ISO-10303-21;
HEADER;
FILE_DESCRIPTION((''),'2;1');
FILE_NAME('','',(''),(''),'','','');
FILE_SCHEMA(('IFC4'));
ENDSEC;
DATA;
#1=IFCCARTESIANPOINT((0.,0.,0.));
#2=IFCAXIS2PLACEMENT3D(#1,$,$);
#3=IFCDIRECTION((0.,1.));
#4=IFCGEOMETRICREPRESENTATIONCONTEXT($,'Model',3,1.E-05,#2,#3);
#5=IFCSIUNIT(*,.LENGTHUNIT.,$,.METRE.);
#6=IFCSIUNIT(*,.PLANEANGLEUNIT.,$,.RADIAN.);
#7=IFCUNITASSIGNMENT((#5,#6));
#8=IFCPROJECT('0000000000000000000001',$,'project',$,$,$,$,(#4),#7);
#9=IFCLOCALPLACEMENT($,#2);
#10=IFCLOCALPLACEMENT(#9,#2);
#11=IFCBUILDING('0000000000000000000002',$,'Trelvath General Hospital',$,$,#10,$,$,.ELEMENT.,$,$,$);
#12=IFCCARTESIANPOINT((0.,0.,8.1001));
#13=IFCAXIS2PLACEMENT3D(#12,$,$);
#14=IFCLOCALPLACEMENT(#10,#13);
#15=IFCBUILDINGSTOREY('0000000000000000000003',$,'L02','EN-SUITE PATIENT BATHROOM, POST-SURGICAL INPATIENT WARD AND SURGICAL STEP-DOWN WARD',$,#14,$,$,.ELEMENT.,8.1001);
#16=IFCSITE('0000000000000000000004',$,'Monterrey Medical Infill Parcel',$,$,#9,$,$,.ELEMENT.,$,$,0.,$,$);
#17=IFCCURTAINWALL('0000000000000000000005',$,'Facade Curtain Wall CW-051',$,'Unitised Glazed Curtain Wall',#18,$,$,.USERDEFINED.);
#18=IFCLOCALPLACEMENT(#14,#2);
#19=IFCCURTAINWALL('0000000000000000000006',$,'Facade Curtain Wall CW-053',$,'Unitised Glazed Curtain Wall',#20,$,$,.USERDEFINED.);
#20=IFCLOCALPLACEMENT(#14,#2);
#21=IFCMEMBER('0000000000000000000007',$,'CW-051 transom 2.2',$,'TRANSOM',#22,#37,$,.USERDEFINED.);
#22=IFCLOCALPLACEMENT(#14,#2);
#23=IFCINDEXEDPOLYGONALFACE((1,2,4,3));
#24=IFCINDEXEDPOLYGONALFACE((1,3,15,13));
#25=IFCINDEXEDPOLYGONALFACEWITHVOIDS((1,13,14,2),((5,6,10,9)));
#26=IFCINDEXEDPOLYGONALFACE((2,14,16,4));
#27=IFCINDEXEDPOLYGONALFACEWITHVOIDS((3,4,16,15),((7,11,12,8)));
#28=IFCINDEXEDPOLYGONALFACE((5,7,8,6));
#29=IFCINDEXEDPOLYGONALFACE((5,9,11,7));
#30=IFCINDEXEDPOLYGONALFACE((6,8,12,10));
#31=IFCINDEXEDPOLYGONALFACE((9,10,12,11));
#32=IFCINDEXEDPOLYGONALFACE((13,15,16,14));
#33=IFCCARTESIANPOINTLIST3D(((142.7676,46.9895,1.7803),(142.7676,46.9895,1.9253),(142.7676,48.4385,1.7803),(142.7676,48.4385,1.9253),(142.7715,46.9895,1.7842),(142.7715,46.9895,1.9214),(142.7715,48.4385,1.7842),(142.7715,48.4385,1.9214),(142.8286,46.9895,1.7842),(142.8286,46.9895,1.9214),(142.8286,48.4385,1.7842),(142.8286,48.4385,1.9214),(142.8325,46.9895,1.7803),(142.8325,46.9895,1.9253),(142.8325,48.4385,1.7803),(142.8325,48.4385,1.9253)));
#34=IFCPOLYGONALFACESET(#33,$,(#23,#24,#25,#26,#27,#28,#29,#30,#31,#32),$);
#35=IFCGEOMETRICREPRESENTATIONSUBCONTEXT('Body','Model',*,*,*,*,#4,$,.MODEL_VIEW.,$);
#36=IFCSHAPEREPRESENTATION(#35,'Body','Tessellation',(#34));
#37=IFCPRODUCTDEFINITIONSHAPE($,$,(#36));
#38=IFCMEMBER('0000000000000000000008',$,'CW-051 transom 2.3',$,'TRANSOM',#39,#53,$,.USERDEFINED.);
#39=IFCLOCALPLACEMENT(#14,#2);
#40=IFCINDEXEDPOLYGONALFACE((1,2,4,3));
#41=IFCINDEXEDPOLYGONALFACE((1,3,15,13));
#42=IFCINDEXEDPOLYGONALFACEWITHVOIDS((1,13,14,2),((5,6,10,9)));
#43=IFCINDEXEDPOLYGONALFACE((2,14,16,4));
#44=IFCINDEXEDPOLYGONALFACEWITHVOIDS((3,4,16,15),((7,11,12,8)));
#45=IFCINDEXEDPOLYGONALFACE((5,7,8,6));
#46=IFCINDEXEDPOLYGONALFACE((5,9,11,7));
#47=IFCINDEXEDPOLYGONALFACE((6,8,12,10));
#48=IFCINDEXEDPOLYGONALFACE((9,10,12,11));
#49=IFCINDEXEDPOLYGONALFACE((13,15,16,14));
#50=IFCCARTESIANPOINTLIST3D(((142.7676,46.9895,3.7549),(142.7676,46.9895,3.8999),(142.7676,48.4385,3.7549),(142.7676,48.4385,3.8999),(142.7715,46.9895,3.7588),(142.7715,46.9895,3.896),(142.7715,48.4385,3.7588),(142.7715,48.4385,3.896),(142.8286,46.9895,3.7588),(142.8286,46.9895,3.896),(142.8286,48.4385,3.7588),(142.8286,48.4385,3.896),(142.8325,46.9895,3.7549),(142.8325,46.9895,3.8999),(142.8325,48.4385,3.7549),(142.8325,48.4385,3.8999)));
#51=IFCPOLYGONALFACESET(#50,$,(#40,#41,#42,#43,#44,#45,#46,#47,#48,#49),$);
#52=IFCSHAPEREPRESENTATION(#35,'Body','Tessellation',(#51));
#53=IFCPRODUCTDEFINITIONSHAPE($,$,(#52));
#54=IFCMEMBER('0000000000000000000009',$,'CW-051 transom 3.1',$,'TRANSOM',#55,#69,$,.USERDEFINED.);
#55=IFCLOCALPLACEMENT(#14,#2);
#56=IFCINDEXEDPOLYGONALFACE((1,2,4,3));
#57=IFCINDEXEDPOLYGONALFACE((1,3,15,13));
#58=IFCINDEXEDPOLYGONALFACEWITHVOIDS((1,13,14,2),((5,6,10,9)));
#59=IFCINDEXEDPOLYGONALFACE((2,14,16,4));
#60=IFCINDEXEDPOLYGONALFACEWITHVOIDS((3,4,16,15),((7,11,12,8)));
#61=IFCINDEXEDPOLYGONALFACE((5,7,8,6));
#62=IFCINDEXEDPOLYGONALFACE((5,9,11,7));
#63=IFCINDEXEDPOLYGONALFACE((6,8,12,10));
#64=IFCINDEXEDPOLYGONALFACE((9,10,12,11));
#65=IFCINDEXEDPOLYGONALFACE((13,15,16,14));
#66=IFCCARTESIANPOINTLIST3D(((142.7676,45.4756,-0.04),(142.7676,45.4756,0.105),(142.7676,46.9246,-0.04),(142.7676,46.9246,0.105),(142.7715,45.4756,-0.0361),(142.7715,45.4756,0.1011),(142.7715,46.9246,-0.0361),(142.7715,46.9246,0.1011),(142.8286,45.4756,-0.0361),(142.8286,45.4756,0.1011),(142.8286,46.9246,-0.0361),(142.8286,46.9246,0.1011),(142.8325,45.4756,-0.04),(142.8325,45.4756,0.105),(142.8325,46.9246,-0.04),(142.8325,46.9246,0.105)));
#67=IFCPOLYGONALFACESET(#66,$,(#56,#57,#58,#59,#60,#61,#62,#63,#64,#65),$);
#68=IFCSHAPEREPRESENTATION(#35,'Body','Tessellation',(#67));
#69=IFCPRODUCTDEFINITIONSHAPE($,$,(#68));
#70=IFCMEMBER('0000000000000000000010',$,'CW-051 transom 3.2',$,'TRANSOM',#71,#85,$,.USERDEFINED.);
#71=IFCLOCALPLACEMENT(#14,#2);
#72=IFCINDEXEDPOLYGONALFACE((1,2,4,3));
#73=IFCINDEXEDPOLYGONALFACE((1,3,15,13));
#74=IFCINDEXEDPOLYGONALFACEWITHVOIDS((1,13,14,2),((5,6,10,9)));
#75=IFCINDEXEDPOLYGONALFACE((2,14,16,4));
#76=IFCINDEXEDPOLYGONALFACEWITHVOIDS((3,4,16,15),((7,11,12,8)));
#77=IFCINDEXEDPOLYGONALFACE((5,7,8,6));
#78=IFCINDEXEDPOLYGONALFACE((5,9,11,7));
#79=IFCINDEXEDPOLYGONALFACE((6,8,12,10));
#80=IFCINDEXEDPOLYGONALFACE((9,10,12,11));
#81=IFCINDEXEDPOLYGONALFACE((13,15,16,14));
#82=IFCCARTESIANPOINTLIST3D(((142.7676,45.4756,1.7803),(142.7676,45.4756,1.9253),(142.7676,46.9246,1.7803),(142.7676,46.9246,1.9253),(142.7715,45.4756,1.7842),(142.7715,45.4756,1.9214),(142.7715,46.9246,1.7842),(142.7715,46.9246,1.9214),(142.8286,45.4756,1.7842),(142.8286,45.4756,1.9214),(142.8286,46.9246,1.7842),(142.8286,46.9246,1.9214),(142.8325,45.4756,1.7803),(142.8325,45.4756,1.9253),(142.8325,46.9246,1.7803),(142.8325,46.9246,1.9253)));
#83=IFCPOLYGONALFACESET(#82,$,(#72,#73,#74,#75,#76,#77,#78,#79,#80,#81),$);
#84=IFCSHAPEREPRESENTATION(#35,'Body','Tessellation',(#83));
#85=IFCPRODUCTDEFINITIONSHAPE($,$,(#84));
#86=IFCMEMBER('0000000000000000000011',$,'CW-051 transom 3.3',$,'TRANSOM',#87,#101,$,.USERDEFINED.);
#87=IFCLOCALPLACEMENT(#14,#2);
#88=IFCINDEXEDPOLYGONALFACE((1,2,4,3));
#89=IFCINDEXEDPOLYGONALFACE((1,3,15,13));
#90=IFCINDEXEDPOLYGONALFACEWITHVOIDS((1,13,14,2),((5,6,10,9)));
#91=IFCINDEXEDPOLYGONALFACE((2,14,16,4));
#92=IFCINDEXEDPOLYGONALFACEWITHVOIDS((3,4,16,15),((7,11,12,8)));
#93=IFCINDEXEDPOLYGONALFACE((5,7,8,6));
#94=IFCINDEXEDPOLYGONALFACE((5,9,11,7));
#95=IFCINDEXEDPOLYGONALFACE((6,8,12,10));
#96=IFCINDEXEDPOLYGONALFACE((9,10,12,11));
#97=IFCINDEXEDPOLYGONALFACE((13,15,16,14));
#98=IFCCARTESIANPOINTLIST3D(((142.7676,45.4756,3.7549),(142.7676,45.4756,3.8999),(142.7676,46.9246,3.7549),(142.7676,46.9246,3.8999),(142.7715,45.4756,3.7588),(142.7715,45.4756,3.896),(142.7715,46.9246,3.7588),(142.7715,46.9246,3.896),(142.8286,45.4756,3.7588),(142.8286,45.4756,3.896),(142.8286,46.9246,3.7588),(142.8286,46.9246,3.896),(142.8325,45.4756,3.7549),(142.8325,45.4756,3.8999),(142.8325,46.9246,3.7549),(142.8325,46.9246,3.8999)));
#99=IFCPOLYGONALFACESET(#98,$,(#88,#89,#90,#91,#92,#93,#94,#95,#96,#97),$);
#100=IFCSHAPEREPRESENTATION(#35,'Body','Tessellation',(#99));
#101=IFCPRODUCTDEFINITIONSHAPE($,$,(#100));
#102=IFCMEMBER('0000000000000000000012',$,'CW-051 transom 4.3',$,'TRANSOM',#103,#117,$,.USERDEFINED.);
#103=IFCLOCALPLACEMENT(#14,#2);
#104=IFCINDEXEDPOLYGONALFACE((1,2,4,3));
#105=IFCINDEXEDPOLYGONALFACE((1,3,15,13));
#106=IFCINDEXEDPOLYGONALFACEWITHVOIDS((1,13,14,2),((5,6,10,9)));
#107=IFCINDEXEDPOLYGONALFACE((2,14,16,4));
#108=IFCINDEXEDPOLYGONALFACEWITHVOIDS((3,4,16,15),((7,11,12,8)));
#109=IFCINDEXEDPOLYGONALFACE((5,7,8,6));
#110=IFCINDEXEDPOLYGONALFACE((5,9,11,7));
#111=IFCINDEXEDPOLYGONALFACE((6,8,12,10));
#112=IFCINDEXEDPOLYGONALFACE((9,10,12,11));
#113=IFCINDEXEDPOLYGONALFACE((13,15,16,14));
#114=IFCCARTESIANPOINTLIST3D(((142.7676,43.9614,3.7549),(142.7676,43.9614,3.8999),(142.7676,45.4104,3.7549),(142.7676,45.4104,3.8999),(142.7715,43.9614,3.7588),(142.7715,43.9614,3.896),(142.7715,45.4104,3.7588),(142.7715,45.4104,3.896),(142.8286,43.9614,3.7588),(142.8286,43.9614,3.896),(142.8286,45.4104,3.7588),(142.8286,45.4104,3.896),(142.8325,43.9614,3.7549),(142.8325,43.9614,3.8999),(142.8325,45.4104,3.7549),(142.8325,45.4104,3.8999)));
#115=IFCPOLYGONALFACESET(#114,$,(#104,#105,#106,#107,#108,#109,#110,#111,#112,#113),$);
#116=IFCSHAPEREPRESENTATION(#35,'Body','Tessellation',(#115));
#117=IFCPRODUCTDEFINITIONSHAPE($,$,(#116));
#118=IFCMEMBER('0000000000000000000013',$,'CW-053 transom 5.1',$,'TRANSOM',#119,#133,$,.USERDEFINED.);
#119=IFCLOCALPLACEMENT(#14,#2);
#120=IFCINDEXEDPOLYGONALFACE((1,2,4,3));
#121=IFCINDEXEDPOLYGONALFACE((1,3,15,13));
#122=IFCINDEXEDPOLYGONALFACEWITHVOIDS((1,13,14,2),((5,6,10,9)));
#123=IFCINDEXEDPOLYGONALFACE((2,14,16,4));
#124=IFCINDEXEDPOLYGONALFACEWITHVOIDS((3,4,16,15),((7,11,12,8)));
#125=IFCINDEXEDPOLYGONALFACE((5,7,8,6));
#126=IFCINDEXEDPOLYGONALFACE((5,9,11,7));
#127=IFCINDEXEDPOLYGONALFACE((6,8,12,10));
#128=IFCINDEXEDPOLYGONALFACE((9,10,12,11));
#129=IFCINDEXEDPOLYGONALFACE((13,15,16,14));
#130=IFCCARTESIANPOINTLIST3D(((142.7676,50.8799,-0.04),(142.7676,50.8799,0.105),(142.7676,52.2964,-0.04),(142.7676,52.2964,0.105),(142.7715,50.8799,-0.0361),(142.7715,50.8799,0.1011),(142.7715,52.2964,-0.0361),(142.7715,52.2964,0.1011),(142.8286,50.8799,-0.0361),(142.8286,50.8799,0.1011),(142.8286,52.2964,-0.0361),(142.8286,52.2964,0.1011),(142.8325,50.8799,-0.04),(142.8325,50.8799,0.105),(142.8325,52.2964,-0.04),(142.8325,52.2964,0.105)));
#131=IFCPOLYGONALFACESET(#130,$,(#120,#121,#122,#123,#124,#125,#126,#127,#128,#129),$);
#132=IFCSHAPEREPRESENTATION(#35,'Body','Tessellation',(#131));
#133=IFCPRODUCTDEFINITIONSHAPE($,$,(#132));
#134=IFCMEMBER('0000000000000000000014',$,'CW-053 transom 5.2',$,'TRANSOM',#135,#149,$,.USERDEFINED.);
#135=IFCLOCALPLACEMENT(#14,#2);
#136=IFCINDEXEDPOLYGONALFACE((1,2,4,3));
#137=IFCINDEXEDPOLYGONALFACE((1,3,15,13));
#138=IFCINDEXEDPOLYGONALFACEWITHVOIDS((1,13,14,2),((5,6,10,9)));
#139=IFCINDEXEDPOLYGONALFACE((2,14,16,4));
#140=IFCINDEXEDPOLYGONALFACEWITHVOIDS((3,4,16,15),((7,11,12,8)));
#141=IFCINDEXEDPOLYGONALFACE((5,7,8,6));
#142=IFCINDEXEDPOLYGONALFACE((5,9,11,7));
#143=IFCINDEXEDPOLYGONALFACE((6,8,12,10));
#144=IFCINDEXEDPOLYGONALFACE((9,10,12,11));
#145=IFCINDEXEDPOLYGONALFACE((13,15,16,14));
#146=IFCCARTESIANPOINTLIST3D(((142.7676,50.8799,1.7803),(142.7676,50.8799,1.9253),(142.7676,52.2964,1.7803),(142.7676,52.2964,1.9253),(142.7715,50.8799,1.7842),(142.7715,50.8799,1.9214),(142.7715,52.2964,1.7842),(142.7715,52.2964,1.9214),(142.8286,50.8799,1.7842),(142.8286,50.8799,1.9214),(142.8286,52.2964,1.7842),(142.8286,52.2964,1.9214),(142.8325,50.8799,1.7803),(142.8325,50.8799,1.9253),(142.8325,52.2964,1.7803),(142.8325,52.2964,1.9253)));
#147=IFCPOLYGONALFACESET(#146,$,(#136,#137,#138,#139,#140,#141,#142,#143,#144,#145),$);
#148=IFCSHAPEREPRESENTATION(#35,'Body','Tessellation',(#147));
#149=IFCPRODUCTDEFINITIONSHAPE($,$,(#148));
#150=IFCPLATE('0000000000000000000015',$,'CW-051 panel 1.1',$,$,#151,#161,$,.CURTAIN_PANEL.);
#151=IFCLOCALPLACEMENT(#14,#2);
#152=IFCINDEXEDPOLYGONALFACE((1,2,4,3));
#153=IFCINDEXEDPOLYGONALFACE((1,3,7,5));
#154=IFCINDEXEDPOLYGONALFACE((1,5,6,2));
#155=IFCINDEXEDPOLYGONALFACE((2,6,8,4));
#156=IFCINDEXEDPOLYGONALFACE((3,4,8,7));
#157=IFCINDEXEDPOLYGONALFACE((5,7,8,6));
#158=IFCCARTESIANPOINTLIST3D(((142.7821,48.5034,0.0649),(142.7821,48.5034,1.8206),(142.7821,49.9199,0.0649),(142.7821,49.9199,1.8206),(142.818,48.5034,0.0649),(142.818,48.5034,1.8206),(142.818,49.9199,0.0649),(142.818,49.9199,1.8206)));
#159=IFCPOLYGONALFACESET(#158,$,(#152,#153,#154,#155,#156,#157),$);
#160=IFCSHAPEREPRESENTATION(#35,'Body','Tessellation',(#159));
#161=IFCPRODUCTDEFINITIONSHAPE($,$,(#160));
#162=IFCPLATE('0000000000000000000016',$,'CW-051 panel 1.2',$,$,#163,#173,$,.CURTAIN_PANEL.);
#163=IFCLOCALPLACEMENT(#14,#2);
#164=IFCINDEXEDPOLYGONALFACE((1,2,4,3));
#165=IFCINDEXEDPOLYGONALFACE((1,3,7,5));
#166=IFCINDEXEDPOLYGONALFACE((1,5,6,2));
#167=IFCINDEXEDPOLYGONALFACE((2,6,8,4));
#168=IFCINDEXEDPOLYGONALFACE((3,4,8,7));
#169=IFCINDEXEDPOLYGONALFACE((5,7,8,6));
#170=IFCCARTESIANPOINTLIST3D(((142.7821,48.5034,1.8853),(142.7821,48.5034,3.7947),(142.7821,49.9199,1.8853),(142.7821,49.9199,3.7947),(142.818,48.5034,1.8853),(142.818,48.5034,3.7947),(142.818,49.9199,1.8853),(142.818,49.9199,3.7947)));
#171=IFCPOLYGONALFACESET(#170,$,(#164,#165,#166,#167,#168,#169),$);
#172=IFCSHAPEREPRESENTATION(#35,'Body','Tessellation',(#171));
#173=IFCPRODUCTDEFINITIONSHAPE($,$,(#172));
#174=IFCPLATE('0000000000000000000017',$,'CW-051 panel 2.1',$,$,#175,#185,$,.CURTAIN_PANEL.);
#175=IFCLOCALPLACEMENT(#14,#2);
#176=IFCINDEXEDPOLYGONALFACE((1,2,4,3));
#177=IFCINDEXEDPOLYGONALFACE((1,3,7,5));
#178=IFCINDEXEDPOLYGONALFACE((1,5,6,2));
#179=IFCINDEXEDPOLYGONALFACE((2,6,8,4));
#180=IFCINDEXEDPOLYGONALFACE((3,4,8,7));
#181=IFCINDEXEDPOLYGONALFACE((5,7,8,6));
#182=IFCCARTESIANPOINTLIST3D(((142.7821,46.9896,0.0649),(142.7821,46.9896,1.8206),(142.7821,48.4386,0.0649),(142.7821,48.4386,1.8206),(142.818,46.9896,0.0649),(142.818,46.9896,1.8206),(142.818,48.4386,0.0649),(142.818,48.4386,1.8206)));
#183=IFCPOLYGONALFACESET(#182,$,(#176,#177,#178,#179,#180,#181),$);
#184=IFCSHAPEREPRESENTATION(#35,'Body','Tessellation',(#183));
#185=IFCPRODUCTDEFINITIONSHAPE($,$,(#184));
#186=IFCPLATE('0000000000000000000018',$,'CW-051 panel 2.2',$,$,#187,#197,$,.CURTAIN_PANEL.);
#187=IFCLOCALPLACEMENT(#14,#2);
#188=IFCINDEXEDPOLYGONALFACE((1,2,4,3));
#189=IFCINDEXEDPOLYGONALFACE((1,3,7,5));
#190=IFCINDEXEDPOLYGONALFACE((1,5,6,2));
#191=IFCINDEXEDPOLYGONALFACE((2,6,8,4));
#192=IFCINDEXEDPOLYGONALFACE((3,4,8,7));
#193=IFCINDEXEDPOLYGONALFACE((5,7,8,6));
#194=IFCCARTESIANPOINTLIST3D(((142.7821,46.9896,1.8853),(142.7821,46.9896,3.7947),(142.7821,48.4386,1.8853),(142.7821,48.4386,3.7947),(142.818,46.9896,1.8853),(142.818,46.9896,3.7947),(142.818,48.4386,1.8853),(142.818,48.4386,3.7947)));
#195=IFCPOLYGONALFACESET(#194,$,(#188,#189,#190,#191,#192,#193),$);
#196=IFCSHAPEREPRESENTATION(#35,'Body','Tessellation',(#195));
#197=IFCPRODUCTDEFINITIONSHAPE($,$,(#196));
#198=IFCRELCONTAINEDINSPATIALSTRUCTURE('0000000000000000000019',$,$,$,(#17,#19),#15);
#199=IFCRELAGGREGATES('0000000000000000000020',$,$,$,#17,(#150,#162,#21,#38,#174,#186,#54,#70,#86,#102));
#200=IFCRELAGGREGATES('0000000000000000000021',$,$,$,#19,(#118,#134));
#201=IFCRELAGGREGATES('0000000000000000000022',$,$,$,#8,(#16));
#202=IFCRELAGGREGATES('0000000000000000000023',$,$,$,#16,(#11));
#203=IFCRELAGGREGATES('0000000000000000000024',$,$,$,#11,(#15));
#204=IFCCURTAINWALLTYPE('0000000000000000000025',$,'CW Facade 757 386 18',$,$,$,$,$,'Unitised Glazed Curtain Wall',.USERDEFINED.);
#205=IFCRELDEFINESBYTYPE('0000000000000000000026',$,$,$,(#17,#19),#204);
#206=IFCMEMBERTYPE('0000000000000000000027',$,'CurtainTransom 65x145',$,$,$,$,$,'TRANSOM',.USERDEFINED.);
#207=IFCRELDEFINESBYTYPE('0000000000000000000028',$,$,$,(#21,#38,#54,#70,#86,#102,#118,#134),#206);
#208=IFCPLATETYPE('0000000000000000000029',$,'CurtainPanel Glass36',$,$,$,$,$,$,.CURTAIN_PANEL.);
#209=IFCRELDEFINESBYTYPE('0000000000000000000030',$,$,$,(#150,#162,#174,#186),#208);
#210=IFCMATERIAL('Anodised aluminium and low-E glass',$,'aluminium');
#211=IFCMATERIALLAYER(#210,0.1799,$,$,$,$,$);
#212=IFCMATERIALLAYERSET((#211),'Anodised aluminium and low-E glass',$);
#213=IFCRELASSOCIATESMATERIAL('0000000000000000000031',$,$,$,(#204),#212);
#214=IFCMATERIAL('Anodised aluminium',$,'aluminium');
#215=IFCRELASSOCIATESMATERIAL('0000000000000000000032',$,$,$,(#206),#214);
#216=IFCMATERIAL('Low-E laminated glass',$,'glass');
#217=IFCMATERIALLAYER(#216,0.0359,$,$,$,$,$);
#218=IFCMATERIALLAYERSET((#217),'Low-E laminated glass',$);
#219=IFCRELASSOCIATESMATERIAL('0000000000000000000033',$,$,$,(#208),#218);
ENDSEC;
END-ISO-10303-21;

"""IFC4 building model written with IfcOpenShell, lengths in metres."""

from ifc_helpers import new_model, si_unit, direction, frame, origin, origin_2d, place, context, subcontext, project, spatial, rectangle, hollow_rectangle, extrude, material, layer, layer_set, material_profile, profile_set, type_object, element, aggregate, save


model = new_model("IFC4")

# Units and contexts
model_context = context("Model", 3, precision=1e-05, world=origin(), true_north=direction((0.0, 1.0)))
body_context = subcontext(model_context, "Body", "Model", "MODEL_VIEW")
ifc_project = project(units=[si_unit("LENGTHUNIT", "METRE"), si_unit("PLANEANGLEUNIT", "RADIAN")], contexts=[model_context])

# Site, building, storey
site_placement = place(None, origin())
site = spatial("IfcSite", under=ifc_project, at=site_placement, Name="Monterrey Medical Infill Parcel", CompositionType="ELEMENT", RefElevation=0.0)
building_placement = place(site_placement, origin())
building = spatial("IfcBuilding", under=site, at=building_placement, Name="Trelvath General Hospital", CompositionType="ELEMENT")
storey_placement = place(building_placement, frame((0.0, 0.0, 8.1001)))
storey = spatial("IfcBuildingStorey", under=building, at=storey_placement, Name="L02", Description="EN-SUITE PATIENT BATHROOM, POST-SURGICAL INPATIENT WARD AND SURGICAL STEP-DOWN WARD", CompositionType="ELEMENT", Elevation=8.1001)

# Curtain wall
ifc_material_1 = material(Name="Anodised aluminium and low-E glass", Category="aluminium")
ifc_layer_1 = layer(ifc_material_1, 0.1799)
ifc_layer_set_1 = layer_set([ifc_layer_1], Name="Anodised aluminium and low-E glass")
curtain_wall_type = type_object("IfcCurtainWallType", Name="CW Facade 757 386 18", ElementType="Unitised Glazed Curtain Wall", PredefinedType="USERDEFINED", material=ifc_layer_set_1)
curtain_wall_1_placement = place(storey_placement, origin())
curtain_wall_1 = element("IfcCurtainWall", 1, at=curtain_wall_1_placement, inside=storey, type_object=curtain_wall_type, Name="Facade Curtain Wall CW-051", ObjectType="Unitised Glazed Curtain Wall", PredefinedType="USERDEFINED")

# Curtain wall
curtain_wall_2_placement = place(storey_placement, origin())
curtain_wall_2 = element("IfcCurtainWall", 2, at=curtain_wall_2_placement, inside=storey, type_object=curtain_wall_type, Name="Facade Curtain Wall CW-053", ObjectType="Unitised Glazed Curtain Wall", PredefinedType="USERDEFINED")

# Members
ifc_material_2 = material(Name="Anodised aluminium", Category="aluminium")
ifc_material_profile_1 = material_profile(ifc_material_2, hollow_rectangle(XDim=0.0649, YDim=0.145, WallThickness=0.0039, at=origin_2d()), Name="RHS65x145x4")
ifc_profile_set_1 = profile_set([ifc_material_profile_1], Name="Anodised aluminium")
member_type_1 = type_object("IfcMemberType", Name="CurtainTransom 65x145", ElementType="TRANSOM", PredefinedType="USERDEFINED", material=ifc_profile_set_1)
member_1_placement = place(storey_placement, frame((142.8, 48.4385, 1.8528), z_axis=(0.0, -1.0, 0.0), x_axis=(1.0, 0.0, 0.0)))
member_1 = element("IfcMember", 3, at=member_1_placement, type_object=member_type_1, Name="CW-051 transom 2.2", ObjectType="TRANSOM", PredefinedType="USERDEFINED", context=body_context, shape_type="SweptSolid", body=[
    extrude(hollow_rectangle(XDim=0.0649, YDim=0.145, WallThickness=0.0039, at=origin_2d()), origin(), (0.0, 0.0, 1.0), 1.449),
])
member_2_placement = place(storey_placement, frame((142.8, 48.4385, 3.8274), z_axis=(0.0, -1.0, 0.0), x_axis=(1.0, 0.0, 0.0)))
member_2 = element("IfcMember", 4, at=member_2_placement, type_object=member_type_1, Name="CW-051 transom 2.3", ObjectType="TRANSOM", PredefinedType="USERDEFINED", context=body_context, shape_type="SweptSolid", body=[
    extrude(hollow_rectangle(XDim=0.0649, YDim=0.145, WallThickness=0.0039, at=origin_2d()), origin(), (0.0, 0.0, 1.0), 1.449),
])
member_3_placement = place(storey_placement, frame((142.8, 46.9246, 0.0325), z_axis=(0.0, -1.0, 0.0), x_axis=(1.0, 0.0, 0.0)))
member_3 = element("IfcMember", 5, at=member_3_placement, type_object=member_type_1, Name="CW-051 transom 3.1", ObjectType="TRANSOM", PredefinedType="USERDEFINED", context=body_context, shape_type="SweptSolid", body=[
    extrude(hollow_rectangle(XDim=0.0649, YDim=0.145, WallThickness=0.0039, at=origin_2d()), origin(), (0.0, 0.0, 1.0), 1.449),
])
member_4_placement = place(storey_placement, frame((142.8, 46.9246, 1.8528), z_axis=(0.0, -1.0, 0.0), x_axis=(1.0, 0.0, 0.0)))
member_4 = element("IfcMember", 6, at=member_4_placement, type_object=member_type_1, Name="CW-051 transom 3.2", ObjectType="TRANSOM", PredefinedType="USERDEFINED", context=body_context, shape_type="SweptSolid", body=[
    extrude(hollow_rectangle(XDim=0.0649, YDim=0.145, WallThickness=0.0039, at=origin_2d()), origin(), (0.0, 0.0, 1.0), 1.449),
])
member_5_placement = place(storey_placement, frame((142.8, 46.9246, 3.8274), z_axis=(0.0, -1.0, 0.0), x_axis=(1.0, 0.0, 0.0)))
member_5 = element("IfcMember", 7, at=member_5_placement, type_object=member_type_1, Name="CW-051 transom 3.3", ObjectType="TRANSOM", PredefinedType="USERDEFINED", context=body_context, shape_type="SweptSolid", body=[
    extrude(hollow_rectangle(XDim=0.0649, YDim=0.145, WallThickness=0.0039, at=origin_2d()), origin(), (0.0, 0.0, 1.0), 1.449),
])
member_6_placement = place(storey_placement, frame((142.8, 45.4104, 3.8274), z_axis=(0.0, -1.0, 0.0), x_axis=(1.0, 0.0, 0.0)))
member_6 = element("IfcMember", 8, at=member_6_placement, type_object=member_type_1, Name="CW-051 transom 4.3", ObjectType="TRANSOM", PredefinedType="USERDEFINED", context=body_context, shape_type="SweptSolid", body=[
    extrude(hollow_rectangle(XDim=0.0649, YDim=0.145, WallThickness=0.0039, at=origin_2d()), origin(), (0.0, 0.0, 1.0), 1.449),
])
member_7_placement = place(storey_placement, frame((142.8, 52.2964, 0.0325), z_axis=(0.0, -1.0, 0.0), x_axis=(1.0, 0.0, 0.0)))
member_7 = element("IfcMember", 9, at=member_7_placement, type_object=member_type_1, Name="CW-053 transom 5.1", ObjectType="TRANSOM", PredefinedType="USERDEFINED", context=body_context, shape_type="SweptSolid", body=[
    extrude(hollow_rectangle(XDim=0.0649, YDim=0.145, WallThickness=0.0039, at=origin_2d()), origin(), (0.0, 0.0, 1.0), 1.4165),
])
member_8_placement = place(storey_placement, frame((142.8, 52.2964, 1.8528), z_axis=(0.0, -1.0, 0.0), x_axis=(1.0, 0.0, 0.0)))
member_8 = element("IfcMember", 10, at=member_8_placement, type_object=member_type_1, Name="CW-053 transom 5.2", ObjectType="TRANSOM", PredefinedType="USERDEFINED", context=body_context, shape_type="SweptSolid", body=[
    extrude(hollow_rectangle(XDim=0.0649, YDim=0.145, WallThickness=0.0039, at=origin_2d()), origin(), (0.0, 0.0, 1.0), 1.4165),
])

# Plates
ifc_material_3 = material(Name="Low-E laminated glass", Category="glass")
ifc_layer_2 = layer(ifc_material_3, 0.0359)
ifc_layer_set_2 = layer_set([ifc_layer_2], Name="Low-E laminated glass")
plate_type = type_object("IfcPlateType", Name="CurtainPanel Glass36", PredefinedType="CURTAIN_PANEL", material=ifc_layer_set_2)
plate_1_placement = place(storey_placement, frame((142.8, 49.2117, 0.0649), z_axis=(0.0, 0.0, 1.0), x_axis=(0.0, -1.0, 0.0)))
plate_1 = element("IfcPlate", 11, at=plate_1_placement, type_object=plate_type, Name="CW-051 panel 1.1", PredefinedType="CURTAIN_PANEL", context=body_context, shape_type="SweptSolid", body=[
    extrude(rectangle(XDim=1.4165, YDim=0.0359, at=origin_2d()), origin(), (0.0, 0.0, 1.0), 1.7556),
])
plate_2_placement = place(storey_placement, frame((142.8, 49.2117, 1.8853), z_axis=(0.0, 0.0, 1.0), x_axis=(0.0, -1.0, 0.0)))
plate_2 = element("IfcPlate", 12, at=plate_2_placement, type_object=plate_type, Name="CW-051 panel 1.2", PredefinedType="CURTAIN_PANEL", context=body_context, shape_type="SweptSolid", body=[
    extrude(rectangle(XDim=1.4165, YDim=0.0359, at=origin_2d()), origin(), (0.0, 0.0, 1.0), 1.9094),
])
plate_3_placement = place(storey_placement, frame((142.8, 47.7141, 0.0649), z_axis=(0.0, 0.0, 1.0), x_axis=(0.0, -1.0, 0.0)))
plate_3 = element("IfcPlate", 13, at=plate_3_placement, type_object=plate_type, Name="CW-051 panel 2.1", PredefinedType="CURTAIN_PANEL", context=body_context, shape_type="SweptSolid", body=[
    extrude(rectangle(XDim=1.449, YDim=0.0359, at=origin_2d()), origin(), (0.0, 0.0, 1.0), 1.7556),
])
plate_4_placement = place(storey_placement, frame((142.8, 47.7141, 1.8853), z_axis=(0.0, 0.0, 1.0), x_axis=(0.0, -1.0, 0.0)))
plate_4 = element("IfcPlate", 14, at=plate_4_placement, type_object=plate_type, Name="CW-051 panel 2.2", PredefinedType="CURTAIN_PANEL", context=body_context, shape_type="SweptSolid", body=[
    extrude(rectangle(XDim=1.449, YDim=0.0359, at=origin_2d()), origin(), (0.0, 0.0, 1.0), 1.9094),
])
aggregate(curtain_wall_1, [plate_1, plate_2, member_1, member_2, plate_3, plate_4, member_3, member_4, member_5, member_6])
aggregate(curtain_wall_2, [member_7, member_8])

save(model, "model.ifc")
